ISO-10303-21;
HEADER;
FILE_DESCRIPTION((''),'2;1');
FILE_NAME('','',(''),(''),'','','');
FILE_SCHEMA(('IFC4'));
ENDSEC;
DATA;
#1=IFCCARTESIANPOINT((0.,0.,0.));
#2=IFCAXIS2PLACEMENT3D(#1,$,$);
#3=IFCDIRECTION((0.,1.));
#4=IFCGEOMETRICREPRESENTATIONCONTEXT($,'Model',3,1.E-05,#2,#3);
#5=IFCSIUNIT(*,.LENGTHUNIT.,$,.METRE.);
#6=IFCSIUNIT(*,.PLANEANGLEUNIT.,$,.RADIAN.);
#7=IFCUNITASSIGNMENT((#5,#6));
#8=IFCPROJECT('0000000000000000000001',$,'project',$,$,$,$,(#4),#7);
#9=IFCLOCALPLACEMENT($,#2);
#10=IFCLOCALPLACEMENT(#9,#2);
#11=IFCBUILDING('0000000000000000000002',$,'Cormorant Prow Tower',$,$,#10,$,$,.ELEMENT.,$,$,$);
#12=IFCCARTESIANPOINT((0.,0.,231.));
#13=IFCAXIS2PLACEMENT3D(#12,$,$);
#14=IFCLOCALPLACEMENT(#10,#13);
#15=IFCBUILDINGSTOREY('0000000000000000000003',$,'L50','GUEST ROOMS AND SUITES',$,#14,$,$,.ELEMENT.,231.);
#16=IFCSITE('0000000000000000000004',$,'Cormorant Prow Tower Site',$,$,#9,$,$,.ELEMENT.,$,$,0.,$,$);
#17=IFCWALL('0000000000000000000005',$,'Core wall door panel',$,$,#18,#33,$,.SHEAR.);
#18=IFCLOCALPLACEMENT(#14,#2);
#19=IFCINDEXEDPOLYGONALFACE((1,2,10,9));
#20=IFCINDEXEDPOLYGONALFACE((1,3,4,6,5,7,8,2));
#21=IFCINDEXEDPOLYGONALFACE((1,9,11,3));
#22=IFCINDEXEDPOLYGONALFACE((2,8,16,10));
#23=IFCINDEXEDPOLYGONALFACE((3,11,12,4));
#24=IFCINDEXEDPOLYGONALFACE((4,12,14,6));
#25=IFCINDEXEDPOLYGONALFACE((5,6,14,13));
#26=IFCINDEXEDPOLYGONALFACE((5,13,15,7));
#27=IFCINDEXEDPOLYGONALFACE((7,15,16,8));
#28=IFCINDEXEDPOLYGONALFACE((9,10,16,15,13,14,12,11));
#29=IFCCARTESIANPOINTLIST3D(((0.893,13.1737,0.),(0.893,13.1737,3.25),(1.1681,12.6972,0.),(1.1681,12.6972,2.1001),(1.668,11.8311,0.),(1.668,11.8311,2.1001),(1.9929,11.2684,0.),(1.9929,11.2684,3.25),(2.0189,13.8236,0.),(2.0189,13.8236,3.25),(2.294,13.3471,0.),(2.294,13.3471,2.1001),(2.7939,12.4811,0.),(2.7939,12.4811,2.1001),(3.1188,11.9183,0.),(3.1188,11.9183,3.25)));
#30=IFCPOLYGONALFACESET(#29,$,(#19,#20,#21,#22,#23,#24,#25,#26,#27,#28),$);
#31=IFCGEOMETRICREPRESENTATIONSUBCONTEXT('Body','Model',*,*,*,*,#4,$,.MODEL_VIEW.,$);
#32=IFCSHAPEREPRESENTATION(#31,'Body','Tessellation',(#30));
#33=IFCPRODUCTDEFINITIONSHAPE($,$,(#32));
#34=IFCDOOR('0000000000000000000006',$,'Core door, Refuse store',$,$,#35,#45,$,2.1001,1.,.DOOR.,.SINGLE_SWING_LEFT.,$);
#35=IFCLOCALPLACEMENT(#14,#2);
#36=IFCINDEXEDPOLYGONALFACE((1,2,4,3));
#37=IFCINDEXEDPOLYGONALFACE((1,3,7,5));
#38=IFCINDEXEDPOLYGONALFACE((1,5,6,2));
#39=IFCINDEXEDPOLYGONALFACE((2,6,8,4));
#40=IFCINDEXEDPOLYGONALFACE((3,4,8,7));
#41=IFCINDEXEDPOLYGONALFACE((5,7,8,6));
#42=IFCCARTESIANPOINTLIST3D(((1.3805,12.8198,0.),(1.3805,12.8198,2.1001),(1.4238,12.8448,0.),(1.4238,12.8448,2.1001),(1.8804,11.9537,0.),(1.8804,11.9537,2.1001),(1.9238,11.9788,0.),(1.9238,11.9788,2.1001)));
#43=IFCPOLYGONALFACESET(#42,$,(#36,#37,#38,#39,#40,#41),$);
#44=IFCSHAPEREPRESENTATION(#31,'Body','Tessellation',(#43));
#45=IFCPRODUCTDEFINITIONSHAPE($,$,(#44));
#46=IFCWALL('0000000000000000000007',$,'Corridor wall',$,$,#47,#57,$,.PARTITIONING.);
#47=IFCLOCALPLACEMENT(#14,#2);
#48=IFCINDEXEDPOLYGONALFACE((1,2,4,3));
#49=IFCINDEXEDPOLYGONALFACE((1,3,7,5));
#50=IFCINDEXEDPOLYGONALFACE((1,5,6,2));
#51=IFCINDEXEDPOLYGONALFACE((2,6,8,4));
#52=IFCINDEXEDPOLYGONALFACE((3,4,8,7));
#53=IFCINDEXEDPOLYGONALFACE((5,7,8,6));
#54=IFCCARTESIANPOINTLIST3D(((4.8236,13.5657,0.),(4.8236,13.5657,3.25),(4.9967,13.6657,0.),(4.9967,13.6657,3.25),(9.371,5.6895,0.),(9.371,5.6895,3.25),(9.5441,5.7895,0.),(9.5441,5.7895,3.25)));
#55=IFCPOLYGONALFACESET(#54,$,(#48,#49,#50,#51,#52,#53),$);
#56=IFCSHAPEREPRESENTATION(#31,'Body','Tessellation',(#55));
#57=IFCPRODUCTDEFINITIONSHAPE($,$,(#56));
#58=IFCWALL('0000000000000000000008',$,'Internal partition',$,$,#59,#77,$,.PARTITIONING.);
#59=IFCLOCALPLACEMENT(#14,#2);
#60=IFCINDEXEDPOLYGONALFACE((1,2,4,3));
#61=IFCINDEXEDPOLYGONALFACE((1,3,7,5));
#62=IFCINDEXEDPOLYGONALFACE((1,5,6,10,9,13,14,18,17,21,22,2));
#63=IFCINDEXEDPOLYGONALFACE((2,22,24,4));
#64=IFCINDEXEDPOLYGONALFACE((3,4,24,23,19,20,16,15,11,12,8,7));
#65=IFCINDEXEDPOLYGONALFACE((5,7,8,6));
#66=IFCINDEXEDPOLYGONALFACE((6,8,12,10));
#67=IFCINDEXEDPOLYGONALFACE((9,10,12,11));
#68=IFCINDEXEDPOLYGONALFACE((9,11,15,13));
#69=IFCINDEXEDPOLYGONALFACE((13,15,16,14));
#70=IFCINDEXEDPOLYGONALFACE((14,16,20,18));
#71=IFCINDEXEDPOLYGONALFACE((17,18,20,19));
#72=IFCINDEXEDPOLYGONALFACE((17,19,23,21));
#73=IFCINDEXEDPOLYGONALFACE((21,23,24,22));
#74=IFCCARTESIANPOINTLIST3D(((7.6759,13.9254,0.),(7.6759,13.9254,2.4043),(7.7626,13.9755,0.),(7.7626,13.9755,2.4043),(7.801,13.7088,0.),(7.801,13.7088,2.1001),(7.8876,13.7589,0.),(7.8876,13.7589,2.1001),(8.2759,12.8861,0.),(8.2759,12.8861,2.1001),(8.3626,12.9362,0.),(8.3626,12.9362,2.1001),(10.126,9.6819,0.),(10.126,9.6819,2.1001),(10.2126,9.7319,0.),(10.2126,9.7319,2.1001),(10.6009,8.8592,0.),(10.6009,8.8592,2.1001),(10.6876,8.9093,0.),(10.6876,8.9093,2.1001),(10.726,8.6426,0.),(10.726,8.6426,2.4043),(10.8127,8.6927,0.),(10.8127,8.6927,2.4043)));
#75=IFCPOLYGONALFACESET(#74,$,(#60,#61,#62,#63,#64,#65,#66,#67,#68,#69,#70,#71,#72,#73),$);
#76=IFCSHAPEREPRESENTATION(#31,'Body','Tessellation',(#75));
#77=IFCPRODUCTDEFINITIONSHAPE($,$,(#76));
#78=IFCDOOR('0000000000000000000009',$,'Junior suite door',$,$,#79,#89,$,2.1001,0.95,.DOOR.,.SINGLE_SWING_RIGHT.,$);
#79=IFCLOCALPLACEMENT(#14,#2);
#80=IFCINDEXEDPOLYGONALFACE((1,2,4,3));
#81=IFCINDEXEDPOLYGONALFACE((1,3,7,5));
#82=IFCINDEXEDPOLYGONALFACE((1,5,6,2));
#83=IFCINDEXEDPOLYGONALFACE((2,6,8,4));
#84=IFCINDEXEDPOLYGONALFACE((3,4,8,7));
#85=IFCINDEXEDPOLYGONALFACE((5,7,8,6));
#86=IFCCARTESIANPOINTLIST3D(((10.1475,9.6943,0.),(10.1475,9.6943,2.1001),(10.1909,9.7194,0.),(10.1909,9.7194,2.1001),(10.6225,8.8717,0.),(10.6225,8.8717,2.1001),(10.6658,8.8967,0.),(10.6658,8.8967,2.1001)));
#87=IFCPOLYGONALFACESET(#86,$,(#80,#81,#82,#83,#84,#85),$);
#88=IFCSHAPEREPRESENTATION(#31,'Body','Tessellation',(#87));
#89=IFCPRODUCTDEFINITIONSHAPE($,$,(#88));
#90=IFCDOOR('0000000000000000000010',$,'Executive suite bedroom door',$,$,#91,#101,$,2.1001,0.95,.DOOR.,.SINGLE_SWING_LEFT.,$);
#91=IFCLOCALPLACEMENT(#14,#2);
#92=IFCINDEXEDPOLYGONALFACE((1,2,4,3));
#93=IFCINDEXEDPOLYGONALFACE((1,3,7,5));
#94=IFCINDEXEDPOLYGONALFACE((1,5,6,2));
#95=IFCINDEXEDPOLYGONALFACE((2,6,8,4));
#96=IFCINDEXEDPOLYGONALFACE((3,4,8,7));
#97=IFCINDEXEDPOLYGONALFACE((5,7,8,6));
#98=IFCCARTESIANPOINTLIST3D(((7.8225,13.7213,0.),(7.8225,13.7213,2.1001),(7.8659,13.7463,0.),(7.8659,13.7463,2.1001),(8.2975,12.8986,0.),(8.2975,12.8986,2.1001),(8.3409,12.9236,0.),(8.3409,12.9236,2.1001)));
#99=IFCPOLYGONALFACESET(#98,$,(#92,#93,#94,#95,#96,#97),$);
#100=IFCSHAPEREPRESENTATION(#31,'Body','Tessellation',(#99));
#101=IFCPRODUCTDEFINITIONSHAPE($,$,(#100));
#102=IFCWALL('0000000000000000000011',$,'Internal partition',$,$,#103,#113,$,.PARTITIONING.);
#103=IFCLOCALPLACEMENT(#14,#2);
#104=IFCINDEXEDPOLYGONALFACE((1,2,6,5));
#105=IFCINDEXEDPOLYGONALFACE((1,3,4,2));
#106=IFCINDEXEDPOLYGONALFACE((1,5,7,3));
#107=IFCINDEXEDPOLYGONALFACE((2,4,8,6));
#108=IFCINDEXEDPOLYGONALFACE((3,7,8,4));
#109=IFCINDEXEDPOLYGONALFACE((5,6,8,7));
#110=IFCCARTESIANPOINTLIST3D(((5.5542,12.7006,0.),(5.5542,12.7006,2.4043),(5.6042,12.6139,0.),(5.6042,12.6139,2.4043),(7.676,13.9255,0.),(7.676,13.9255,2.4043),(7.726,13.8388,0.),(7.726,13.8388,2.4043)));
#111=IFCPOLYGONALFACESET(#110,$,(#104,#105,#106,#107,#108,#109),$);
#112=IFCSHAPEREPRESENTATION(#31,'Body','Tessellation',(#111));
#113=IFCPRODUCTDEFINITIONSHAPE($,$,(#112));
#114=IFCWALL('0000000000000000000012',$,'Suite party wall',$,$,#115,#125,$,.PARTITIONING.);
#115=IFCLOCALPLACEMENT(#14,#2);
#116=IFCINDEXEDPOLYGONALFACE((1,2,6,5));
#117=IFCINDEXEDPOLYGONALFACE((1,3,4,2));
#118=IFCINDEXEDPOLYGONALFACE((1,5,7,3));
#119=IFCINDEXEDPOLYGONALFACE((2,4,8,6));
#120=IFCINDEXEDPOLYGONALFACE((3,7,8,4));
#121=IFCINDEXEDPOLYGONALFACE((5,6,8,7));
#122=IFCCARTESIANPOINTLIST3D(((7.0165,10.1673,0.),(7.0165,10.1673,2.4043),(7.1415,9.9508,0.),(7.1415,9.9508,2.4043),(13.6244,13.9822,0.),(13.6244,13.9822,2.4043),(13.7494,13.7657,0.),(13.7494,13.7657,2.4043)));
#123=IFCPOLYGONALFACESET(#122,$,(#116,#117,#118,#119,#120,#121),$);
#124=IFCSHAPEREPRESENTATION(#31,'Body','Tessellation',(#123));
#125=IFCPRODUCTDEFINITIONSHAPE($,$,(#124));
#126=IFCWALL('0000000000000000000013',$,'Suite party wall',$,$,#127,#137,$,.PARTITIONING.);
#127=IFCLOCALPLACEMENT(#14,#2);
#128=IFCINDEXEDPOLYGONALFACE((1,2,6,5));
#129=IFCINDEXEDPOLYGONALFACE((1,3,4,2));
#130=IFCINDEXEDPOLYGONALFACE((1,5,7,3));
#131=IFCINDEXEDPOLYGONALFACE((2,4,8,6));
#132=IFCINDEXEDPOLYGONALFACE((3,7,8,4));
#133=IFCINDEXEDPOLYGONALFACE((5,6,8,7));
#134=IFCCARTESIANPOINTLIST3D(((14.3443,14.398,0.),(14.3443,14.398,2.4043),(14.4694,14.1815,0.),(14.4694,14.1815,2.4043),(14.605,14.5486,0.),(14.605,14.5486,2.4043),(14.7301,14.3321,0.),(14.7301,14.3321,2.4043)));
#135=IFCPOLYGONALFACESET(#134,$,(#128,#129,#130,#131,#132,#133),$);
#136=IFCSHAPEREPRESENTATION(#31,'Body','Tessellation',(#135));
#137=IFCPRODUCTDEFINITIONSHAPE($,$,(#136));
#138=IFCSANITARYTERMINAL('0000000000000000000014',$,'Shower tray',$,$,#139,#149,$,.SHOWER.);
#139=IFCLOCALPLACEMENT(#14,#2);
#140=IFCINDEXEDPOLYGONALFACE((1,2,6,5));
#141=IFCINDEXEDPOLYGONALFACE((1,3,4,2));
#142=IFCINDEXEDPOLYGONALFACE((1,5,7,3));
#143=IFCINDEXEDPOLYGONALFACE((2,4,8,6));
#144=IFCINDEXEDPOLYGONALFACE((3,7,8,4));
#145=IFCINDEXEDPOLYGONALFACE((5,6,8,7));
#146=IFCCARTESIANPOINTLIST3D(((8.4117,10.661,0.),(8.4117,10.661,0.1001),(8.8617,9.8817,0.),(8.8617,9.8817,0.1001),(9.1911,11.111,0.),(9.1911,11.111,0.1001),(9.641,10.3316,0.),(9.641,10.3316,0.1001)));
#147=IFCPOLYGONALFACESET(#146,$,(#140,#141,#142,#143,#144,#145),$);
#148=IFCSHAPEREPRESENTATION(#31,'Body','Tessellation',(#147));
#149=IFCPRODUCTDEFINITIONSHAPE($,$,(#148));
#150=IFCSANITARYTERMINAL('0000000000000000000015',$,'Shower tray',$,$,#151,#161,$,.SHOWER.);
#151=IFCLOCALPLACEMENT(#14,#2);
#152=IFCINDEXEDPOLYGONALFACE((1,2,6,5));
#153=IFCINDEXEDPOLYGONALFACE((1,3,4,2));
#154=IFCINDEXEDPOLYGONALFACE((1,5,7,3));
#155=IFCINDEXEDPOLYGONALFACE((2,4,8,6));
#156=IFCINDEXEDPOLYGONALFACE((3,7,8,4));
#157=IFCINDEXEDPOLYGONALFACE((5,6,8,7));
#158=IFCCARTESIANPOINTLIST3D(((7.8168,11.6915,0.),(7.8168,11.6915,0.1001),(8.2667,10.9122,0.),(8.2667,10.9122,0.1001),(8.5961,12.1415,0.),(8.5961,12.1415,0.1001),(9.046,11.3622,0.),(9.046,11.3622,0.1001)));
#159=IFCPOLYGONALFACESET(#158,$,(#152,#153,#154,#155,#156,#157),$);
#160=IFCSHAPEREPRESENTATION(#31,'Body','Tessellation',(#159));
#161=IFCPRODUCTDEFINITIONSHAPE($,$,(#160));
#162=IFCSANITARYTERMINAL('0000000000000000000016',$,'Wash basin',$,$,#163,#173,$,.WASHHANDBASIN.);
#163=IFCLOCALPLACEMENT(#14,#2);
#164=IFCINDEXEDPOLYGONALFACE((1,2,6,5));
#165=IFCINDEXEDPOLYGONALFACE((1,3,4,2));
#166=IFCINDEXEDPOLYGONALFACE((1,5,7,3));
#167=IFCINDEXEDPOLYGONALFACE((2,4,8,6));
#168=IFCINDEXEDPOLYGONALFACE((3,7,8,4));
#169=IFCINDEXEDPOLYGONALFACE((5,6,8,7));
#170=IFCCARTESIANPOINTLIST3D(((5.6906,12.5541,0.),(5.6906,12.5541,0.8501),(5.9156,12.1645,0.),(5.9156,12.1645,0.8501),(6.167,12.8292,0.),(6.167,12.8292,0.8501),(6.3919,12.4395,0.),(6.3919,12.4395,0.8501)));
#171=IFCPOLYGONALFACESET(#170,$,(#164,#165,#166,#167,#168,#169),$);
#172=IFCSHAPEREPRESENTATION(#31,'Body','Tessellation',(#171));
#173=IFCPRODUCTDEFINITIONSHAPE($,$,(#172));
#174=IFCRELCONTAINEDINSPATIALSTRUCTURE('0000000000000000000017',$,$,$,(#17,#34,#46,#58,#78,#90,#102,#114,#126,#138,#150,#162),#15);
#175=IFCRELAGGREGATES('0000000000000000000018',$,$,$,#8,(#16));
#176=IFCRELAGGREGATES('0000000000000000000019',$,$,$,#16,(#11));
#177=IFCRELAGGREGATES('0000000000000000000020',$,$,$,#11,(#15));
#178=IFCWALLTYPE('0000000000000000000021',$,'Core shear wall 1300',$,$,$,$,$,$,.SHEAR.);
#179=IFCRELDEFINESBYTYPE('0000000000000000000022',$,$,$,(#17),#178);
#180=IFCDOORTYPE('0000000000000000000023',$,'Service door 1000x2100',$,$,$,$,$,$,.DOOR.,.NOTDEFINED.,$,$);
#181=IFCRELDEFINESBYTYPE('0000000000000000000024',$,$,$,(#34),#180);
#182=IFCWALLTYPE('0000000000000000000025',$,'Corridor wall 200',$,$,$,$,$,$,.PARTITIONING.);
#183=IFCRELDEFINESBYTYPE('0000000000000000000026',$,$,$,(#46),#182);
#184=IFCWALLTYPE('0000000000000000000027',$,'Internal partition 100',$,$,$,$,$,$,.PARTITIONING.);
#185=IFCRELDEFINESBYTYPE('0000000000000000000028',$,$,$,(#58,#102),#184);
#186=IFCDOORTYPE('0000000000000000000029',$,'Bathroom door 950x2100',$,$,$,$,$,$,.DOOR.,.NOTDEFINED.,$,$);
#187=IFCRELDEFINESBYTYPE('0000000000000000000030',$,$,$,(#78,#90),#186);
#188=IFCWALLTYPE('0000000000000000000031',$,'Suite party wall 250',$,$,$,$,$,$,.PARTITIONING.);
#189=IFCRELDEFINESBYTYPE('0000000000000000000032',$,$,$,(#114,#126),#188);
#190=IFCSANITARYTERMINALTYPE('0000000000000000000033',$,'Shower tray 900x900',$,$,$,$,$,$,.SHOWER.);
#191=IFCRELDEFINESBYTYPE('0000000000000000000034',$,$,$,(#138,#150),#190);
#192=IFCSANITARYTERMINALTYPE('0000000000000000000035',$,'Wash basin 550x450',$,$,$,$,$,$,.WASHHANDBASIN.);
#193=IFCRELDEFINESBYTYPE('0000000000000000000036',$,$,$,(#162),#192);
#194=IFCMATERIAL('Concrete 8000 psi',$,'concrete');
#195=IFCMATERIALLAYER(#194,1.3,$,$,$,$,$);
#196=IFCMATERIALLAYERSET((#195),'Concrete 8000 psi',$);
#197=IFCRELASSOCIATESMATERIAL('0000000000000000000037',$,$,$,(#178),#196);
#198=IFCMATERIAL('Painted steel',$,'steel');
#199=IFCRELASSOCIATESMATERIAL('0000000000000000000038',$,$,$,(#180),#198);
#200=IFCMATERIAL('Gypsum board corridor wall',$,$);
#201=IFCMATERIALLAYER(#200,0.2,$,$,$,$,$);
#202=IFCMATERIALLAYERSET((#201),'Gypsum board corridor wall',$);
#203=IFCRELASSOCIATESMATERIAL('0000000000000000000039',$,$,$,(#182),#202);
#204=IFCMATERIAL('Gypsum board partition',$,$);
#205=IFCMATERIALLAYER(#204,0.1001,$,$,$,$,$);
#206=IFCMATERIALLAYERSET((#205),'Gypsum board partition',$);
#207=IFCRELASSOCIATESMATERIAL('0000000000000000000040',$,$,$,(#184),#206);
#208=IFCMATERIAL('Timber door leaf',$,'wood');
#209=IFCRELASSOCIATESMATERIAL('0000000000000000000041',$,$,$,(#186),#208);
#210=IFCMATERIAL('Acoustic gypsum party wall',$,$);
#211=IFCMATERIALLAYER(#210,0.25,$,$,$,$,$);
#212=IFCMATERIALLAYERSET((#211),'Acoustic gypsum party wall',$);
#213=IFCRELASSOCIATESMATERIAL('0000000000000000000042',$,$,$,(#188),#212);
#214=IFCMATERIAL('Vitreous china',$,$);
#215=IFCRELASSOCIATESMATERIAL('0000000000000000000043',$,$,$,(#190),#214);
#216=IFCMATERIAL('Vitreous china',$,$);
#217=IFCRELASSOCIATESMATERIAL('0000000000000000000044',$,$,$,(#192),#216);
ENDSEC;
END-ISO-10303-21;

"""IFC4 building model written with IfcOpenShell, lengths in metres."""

from ifc_helpers import new_model, si_unit, direction, frame, frame_2d, origin, origin_2d, place, context, subcontext, project, spatial, rectangle, extrude, material, layer, layer_set, type_object, element, fill, save


model = new_model("IFC4")

# Units and contexts
model_context = context("Model", 3, precision=1e-05, world=origin(), true_north=direction((0.0, 1.0)))
body_context = subcontext(model_context, "Body", "Model", "MODEL_VIEW")
ifc_project = project(units=[si_unit("LENGTHUNIT", "METRE"), si_unit("PLANEANGLEUNIT", "RADIAN")], contexts=[model_context])

# Site, building, storey
site_placement = place(None, origin())
site = spatial("IfcSite", under=ifc_project, at=site_placement, Name="Cormorant Prow Tower Site", CompositionType="ELEMENT", RefElevation=0.0)
building_placement = place(site_placement, origin())
building = spatial("IfcBuilding", under=site, at=building_placement, Name="Cormorant Prow Tower", CompositionType="ELEMENT")
storey_placement = place(building_placement, frame((0.0, 0.0, 231.0)))
storey = spatial("IfcBuildingStorey", under=building, at=storey_placement, Name="L50", Description="GUEST ROOMS AND SUITES", CompositionType="ELEMENT", Elevation=231.0)

# Shared definitions
ifc_material_1 = material(Name="Concrete 8000 psi", Category="concrete")
ifc_layer_1 = layer(ifc_material_1, 1.3)
ifc_layer_set_1 = layer_set([ifc_layer_1], Name="Concrete 8000 psi")
wall_type_1 = type_object("IfcWallType", Name="Core shear wall 1300", PredefinedType="SHEAR", material=ifc_layer_set_1)

# Wall, opening, door
wall_1_placement = place(storey_placement, frame((2.5559, 11.5933, 0.0), z_axis=(0.0, 0.0, 1.0), x_axis=(-0.499947, 0.866056, 0.0)))
wall_1 = element("IfcWall", 1, at=wall_1_placement, inside=storey, type_object=wall_type_1, Name="Core wall door panel", PredefinedType="SHEAR", context=body_context, shape_type="SweptSolid", body=[
    extrude(rectangle(XDim=2.2, YDim=1.3, at=frame_2d((1.1001, 0.0))), origin(), (0.0, 0.0, 1.0), 3.25),
])
opening_1_placement = place(wall_1_placement, frame((0.6499, 0.0, 0.0)))
opening_1 = element("IfcOpeningElement", 2, at=opening_1_placement, cuts=wall_1, PredefinedType="OPENING", context=body_context, shape_type="SweptSolid", body=[
    extrude(rectangle(XDim=1.0, YDim=2.1001, at=frame_2d((0.5, 1.05))), frame((0.0, 0.6599, 0.0), z_axis=(0.0, -1.0, 0.0), x_axis=(1.0, 0.0, 0.0)), (0.0, 0.0, 1.0), 1.3201),
])
ifc_material_2 = material(Name="Painted steel", Category="steel")
door_type_1 = type_object("IfcDoorType", Name="Service door 1000x2100", OperationType="NOTDEFINED", PredefinedType="DOOR", material=ifc_material_2)
door_1_placement = place(opening_1_placement, origin())
door_1 = element("IfcDoor", 3, at=door_1_placement, inside=storey, type_object=door_type_1, Name="Core door, Refuse store", OperationType="SINGLE_SWING_LEFT", OverallHeight=2.1001, OverallWidth=1.0, PredefinedType="DOOR", context=body_context, shape_type="SweptSolid", body=[
    extrude(rectangle(XDim=1.0, YDim=2.1001, at=frame_2d((0.5, 1.05))), frame((0.0, 0.4048, 0.0), z_axis=(0.0, -1.0, 0.0), x_axis=(1.0, 0.0, 0.0)), (0.0, 0.0, 1.0), 0.05),
])
fill(opening_1, door_1)

# Wall
ifc_material_3 = material(Name="Gypsum board corridor wall")
ifc_layer_2 = layer(ifc_material_3, 0.2)
ifc_layer_set_2 = layer_set([ifc_layer_2], Name="Gypsum board corridor wall")
wall_type_2 = type_object("IfcWallType", Name="Corridor wall 200", PredefinedType="PARTITIONING", material=ifc_layer_set_2)
wall_2_placement = place(storey_placement, frame((4.9102, 13.6157, 0.0), z_axis=(0.0, 0.0, 1.0), x_axis=(0.500002, -0.866024, 0.0)))
element("IfcWall", 4, at=wall_2_placement, inside=storey, type_object=wall_type_2, Name="Corridor wall", PredefinedType="PARTITIONING", context=body_context, shape_type="SweptSolid", body=[
    extrude(rectangle(XDim=9.0947, YDim=0.2, at=frame_2d((4.5474, 0.0))), origin(), (0.0, 0.0, 1.0), 3.25),
])

# Wall, openings, doors
ifc_material_4 = material(Name="Gypsum board partition")
ifc_layer_3 = layer(ifc_material_4, 0.1001)
ifc_layer_set_3 = layer_set([ifc_layer_3], Name="Gypsum board partition")
wall_type_3 = type_object("IfcWallType", Name="Internal partition 100", PredefinedType="PARTITIONING", material=ifc_layer_set_3)
wall_3_placement = place(storey_placement, frame((7.7192, 13.9504, 0.0), z_axis=(0.0, 0.0, 1.0), x_axis=(0.500009, -0.86602, 0.0)))
wall_3 = element("IfcWall", 5, at=wall_3_placement, inside=storey, type_object=wall_type_3, Name="Internal partition", PredefinedType="PARTITIONING", context=body_context, shape_type="SweptSolid", body=[
    extrude(rectangle(XDim=6.1001, YDim=0.1001, at=frame_2d((3.05, 0.0))), origin(), (0.0, 0.0, 1.0), 2.4043),
])
opening_2_placement = place(wall_3_placement, frame((4.8999, 0.0, 0.0)))
opening_2 = element("IfcOpeningElement", 6, at=opening_2_placement, cuts=wall_3, PredefinedType="OPENING", context=body_context, shape_type="SweptSolid", body=[
    extrude(rectangle(XDim=0.95, YDim=2.1001, at=frame_2d((0.4751, 1.05))), frame((0.0, 0.0601, 0.0), z_axis=(0.0, -1.0, 0.0), x_axis=(1.0, 0.0, 0.0)), (0.0, 0.0, 1.0), 0.1201),
])
opening_3_placement = place(wall_3_placement, frame((0.25, 0.0, 0.0)))
opening_3 = element("IfcOpeningElement", 7, at=opening_3_placement, cuts=wall_3, PredefinedType="OPENING", context=body_context, shape_type="SweptSolid", body=[
    extrude(rectangle(XDim=0.95, YDim=2.1001, at=frame_2d((0.4751, 1.05))), frame((0.0, 0.0601, 0.0), z_axis=(0.0, -1.0, 0.0), x_axis=(1.0, 0.0, 0.0)), (0.0, 0.0, 1.0), 0.1201),
])
ifc_material_5 = material(Name="Timber door leaf", Category="wood")
door_type_2 = type_object("IfcDoorType", Name="Bathroom door 950x2100", OperationType="NOTDEFINED", PredefinedType="DOOR", material=ifc_material_5)
door_2_placement = place(opening_2_placement, origin())
door_2 = element("IfcDoor", 8, at=door_2_placement, inside=storey, type_object=door_type_2, Name="Junior suite door", OperationType="SINGLE_SWING_RIGHT", OverallHeight=2.1001, OverallWidth=0.95, PredefinedType="DOOR", context=body_context, shape_type="SweptSolid", body=[
    extrude(rectangle(XDim=0.95, YDim=2.1001, at=frame_2d((0.4751, 1.05))), frame((0.0, 0.0249, 0.0), z_axis=(0.0, -1.0, 0.0), x_axis=(1.0, 0.0, 0.0)), (0.0, 0.0, 1.0), 0.05),
])
fill(opening_2, door_2)
door_3_placement = place(opening_3_placement, origin())
door_3 = element("IfcDoor", 9, at=door_3_placement, inside=storey, type_object=door_type_2, Name="Executive suite bedroom door", OperationType="SINGLE_SWING_LEFT", OverallHeight=2.1001, OverallWidth=0.95, PredefinedType="DOOR", context=body_context, shape_type="SweptSolid", body=[
    extrude(rectangle(XDim=0.95, YDim=2.1001, at=frame_2d((0.4751, 1.05))), frame((0.0, 0.0249, 0.0), z_axis=(0.0, -1.0, 0.0), x_axis=(1.0, 0.0, 0.0)), (0.0, 0.0, 1.0), 0.05),
])
fill(opening_3, door_3)

# Walls
wall_4_placement = place(storey_placement, frame((5.5791, 12.6572, 0.0), z_axis=(0.0, 0.0, 1.0), x_axis=(0.866058, 0.499944, 0.0)))
element("IfcWall", 10, at=wall_4_placement, inside=storey, type_object=wall_type_3, Name="Internal partition", PredefinedType="PARTITIONING", context=body_context, shape_type="SweptSolid", body=[
    extrude(rectangle(XDim=2.45, YDim=0.1001, at=frame_2d((1.2251, 0.0))), origin(), (0.0, 0.0, 1.0), 2.4043),
])
ifc_material_6 = material(Name="Acoustic gypsum party wall")
ifc_layer_4 = layer(ifc_material_6, 0.25)
ifc_layer_set_4 = layer_set([ifc_layer_4], Name="Acoustic gypsum party wall")
wall_type_4 = type_object("IfcWallType", Name="Suite party wall 250", PredefinedType="PARTITIONING", material=ifc_layer_set_4)
wall_5_placement = place(storey_placement, frame((7.0791, 10.0591, 0.0), z_axis=(0.0, 0.0, 1.0), x_axis=(0.866033, 0.499987, 0.0)))
element("IfcWall", 11, at=wall_5_placement, inside=storey, type_object=wall_type_4, Name="Suite party wall", PredefinedType="PARTITIONING", context=body_context, shape_type="SweptSolid", body=[
    extrude(rectangle(XDim=7.6301, YDim=0.25, at=frame_2d((3.8149, 0.0))), origin(), (0.0, 0.0, 1.0), 2.4043),
])
wall_6_placement = place(storey_placement, frame((14.407, 14.2898, 0.0), z_axis=(0.0, 0.0, 1.0), x_axis=(0.865888, 0.500237, 0.0)))
element("IfcWall", 12, at=wall_6_placement, inside=storey, type_object=wall_type_4, Name="Suite party wall", PredefinedType="PARTITIONING", context=body_context, shape_type="SweptSolid", body=[
    extrude(rectangle(XDim=0.301, YDim=0.25, at=frame_2d((0.1504, 0.0))), origin(), (0.0, 0.0, 1.0), 2.4043),
])

# Sanitary terminals
ifc_material_7 = material(Name="Vitreous china")
sanitary_terminal_type_1 = type_object("IfcSanitaryTerminalType", Name="Shower tray 900x900", PredefinedType="SHOWER", material=ifc_material_7)
for number, where, z_axis, x_axis, name in (
    (13, (9.0264, 10.4963, 0.0), (0.0, 0.0, 1.0), (0.5, -0.866025, 0.0), "Shower tray"),
    (14, (8.4314, 11.5269, 0.0), (0.0, 0.0, 1.0), (-0.866025, -0.5, 0.0), "Shower tray"),
):
    element("IfcSanitaryTerminal", number, at=place(storey_placement, frame(where, z_axis=z_axis, x_axis=x_axis)), inside=storey, type_object=sanitary_terminal_type_1, Name=name, PredefinedType="SHOWER", context=body_context, shape_type="SweptSolid", body=[
        extrude(rectangle(XDim=0.8999, YDim=0.8999, at=origin_2d()), origin(), (0.0, 0.0, 1.0), 0.1001),
    ])
ifc_material_8 = material(Name="Vitreous china")
sanitary_terminal_type_2 = type_object("IfcSanitaryTerminalType", Name="Wash basin 550x450", PredefinedType="WASHHANDBASIN", material=ifc_material_8)
sanitary_terminal_placement = place(storey_placement, frame((6.0413, 12.4968, 0.0), z_axis=(0.0, 0.0, 1.0), x_axis=(0.866025, 0.5, 0.0)))
element("IfcSanitaryTerminal", 15, at=sanitary_terminal_placement, inside=storey, type_object=sanitary_terminal_type_2, Name="Wash basin", PredefinedType="WASHHANDBASIN", context=body_context, shape_type="SweptSolid", body=[
    extrude(rectangle(XDim=0.55, YDim=0.45, at=origin_2d()), origin(), (0.0, 0.0, 1.0), 0.8501),
])

save(model, "model.ifc")
